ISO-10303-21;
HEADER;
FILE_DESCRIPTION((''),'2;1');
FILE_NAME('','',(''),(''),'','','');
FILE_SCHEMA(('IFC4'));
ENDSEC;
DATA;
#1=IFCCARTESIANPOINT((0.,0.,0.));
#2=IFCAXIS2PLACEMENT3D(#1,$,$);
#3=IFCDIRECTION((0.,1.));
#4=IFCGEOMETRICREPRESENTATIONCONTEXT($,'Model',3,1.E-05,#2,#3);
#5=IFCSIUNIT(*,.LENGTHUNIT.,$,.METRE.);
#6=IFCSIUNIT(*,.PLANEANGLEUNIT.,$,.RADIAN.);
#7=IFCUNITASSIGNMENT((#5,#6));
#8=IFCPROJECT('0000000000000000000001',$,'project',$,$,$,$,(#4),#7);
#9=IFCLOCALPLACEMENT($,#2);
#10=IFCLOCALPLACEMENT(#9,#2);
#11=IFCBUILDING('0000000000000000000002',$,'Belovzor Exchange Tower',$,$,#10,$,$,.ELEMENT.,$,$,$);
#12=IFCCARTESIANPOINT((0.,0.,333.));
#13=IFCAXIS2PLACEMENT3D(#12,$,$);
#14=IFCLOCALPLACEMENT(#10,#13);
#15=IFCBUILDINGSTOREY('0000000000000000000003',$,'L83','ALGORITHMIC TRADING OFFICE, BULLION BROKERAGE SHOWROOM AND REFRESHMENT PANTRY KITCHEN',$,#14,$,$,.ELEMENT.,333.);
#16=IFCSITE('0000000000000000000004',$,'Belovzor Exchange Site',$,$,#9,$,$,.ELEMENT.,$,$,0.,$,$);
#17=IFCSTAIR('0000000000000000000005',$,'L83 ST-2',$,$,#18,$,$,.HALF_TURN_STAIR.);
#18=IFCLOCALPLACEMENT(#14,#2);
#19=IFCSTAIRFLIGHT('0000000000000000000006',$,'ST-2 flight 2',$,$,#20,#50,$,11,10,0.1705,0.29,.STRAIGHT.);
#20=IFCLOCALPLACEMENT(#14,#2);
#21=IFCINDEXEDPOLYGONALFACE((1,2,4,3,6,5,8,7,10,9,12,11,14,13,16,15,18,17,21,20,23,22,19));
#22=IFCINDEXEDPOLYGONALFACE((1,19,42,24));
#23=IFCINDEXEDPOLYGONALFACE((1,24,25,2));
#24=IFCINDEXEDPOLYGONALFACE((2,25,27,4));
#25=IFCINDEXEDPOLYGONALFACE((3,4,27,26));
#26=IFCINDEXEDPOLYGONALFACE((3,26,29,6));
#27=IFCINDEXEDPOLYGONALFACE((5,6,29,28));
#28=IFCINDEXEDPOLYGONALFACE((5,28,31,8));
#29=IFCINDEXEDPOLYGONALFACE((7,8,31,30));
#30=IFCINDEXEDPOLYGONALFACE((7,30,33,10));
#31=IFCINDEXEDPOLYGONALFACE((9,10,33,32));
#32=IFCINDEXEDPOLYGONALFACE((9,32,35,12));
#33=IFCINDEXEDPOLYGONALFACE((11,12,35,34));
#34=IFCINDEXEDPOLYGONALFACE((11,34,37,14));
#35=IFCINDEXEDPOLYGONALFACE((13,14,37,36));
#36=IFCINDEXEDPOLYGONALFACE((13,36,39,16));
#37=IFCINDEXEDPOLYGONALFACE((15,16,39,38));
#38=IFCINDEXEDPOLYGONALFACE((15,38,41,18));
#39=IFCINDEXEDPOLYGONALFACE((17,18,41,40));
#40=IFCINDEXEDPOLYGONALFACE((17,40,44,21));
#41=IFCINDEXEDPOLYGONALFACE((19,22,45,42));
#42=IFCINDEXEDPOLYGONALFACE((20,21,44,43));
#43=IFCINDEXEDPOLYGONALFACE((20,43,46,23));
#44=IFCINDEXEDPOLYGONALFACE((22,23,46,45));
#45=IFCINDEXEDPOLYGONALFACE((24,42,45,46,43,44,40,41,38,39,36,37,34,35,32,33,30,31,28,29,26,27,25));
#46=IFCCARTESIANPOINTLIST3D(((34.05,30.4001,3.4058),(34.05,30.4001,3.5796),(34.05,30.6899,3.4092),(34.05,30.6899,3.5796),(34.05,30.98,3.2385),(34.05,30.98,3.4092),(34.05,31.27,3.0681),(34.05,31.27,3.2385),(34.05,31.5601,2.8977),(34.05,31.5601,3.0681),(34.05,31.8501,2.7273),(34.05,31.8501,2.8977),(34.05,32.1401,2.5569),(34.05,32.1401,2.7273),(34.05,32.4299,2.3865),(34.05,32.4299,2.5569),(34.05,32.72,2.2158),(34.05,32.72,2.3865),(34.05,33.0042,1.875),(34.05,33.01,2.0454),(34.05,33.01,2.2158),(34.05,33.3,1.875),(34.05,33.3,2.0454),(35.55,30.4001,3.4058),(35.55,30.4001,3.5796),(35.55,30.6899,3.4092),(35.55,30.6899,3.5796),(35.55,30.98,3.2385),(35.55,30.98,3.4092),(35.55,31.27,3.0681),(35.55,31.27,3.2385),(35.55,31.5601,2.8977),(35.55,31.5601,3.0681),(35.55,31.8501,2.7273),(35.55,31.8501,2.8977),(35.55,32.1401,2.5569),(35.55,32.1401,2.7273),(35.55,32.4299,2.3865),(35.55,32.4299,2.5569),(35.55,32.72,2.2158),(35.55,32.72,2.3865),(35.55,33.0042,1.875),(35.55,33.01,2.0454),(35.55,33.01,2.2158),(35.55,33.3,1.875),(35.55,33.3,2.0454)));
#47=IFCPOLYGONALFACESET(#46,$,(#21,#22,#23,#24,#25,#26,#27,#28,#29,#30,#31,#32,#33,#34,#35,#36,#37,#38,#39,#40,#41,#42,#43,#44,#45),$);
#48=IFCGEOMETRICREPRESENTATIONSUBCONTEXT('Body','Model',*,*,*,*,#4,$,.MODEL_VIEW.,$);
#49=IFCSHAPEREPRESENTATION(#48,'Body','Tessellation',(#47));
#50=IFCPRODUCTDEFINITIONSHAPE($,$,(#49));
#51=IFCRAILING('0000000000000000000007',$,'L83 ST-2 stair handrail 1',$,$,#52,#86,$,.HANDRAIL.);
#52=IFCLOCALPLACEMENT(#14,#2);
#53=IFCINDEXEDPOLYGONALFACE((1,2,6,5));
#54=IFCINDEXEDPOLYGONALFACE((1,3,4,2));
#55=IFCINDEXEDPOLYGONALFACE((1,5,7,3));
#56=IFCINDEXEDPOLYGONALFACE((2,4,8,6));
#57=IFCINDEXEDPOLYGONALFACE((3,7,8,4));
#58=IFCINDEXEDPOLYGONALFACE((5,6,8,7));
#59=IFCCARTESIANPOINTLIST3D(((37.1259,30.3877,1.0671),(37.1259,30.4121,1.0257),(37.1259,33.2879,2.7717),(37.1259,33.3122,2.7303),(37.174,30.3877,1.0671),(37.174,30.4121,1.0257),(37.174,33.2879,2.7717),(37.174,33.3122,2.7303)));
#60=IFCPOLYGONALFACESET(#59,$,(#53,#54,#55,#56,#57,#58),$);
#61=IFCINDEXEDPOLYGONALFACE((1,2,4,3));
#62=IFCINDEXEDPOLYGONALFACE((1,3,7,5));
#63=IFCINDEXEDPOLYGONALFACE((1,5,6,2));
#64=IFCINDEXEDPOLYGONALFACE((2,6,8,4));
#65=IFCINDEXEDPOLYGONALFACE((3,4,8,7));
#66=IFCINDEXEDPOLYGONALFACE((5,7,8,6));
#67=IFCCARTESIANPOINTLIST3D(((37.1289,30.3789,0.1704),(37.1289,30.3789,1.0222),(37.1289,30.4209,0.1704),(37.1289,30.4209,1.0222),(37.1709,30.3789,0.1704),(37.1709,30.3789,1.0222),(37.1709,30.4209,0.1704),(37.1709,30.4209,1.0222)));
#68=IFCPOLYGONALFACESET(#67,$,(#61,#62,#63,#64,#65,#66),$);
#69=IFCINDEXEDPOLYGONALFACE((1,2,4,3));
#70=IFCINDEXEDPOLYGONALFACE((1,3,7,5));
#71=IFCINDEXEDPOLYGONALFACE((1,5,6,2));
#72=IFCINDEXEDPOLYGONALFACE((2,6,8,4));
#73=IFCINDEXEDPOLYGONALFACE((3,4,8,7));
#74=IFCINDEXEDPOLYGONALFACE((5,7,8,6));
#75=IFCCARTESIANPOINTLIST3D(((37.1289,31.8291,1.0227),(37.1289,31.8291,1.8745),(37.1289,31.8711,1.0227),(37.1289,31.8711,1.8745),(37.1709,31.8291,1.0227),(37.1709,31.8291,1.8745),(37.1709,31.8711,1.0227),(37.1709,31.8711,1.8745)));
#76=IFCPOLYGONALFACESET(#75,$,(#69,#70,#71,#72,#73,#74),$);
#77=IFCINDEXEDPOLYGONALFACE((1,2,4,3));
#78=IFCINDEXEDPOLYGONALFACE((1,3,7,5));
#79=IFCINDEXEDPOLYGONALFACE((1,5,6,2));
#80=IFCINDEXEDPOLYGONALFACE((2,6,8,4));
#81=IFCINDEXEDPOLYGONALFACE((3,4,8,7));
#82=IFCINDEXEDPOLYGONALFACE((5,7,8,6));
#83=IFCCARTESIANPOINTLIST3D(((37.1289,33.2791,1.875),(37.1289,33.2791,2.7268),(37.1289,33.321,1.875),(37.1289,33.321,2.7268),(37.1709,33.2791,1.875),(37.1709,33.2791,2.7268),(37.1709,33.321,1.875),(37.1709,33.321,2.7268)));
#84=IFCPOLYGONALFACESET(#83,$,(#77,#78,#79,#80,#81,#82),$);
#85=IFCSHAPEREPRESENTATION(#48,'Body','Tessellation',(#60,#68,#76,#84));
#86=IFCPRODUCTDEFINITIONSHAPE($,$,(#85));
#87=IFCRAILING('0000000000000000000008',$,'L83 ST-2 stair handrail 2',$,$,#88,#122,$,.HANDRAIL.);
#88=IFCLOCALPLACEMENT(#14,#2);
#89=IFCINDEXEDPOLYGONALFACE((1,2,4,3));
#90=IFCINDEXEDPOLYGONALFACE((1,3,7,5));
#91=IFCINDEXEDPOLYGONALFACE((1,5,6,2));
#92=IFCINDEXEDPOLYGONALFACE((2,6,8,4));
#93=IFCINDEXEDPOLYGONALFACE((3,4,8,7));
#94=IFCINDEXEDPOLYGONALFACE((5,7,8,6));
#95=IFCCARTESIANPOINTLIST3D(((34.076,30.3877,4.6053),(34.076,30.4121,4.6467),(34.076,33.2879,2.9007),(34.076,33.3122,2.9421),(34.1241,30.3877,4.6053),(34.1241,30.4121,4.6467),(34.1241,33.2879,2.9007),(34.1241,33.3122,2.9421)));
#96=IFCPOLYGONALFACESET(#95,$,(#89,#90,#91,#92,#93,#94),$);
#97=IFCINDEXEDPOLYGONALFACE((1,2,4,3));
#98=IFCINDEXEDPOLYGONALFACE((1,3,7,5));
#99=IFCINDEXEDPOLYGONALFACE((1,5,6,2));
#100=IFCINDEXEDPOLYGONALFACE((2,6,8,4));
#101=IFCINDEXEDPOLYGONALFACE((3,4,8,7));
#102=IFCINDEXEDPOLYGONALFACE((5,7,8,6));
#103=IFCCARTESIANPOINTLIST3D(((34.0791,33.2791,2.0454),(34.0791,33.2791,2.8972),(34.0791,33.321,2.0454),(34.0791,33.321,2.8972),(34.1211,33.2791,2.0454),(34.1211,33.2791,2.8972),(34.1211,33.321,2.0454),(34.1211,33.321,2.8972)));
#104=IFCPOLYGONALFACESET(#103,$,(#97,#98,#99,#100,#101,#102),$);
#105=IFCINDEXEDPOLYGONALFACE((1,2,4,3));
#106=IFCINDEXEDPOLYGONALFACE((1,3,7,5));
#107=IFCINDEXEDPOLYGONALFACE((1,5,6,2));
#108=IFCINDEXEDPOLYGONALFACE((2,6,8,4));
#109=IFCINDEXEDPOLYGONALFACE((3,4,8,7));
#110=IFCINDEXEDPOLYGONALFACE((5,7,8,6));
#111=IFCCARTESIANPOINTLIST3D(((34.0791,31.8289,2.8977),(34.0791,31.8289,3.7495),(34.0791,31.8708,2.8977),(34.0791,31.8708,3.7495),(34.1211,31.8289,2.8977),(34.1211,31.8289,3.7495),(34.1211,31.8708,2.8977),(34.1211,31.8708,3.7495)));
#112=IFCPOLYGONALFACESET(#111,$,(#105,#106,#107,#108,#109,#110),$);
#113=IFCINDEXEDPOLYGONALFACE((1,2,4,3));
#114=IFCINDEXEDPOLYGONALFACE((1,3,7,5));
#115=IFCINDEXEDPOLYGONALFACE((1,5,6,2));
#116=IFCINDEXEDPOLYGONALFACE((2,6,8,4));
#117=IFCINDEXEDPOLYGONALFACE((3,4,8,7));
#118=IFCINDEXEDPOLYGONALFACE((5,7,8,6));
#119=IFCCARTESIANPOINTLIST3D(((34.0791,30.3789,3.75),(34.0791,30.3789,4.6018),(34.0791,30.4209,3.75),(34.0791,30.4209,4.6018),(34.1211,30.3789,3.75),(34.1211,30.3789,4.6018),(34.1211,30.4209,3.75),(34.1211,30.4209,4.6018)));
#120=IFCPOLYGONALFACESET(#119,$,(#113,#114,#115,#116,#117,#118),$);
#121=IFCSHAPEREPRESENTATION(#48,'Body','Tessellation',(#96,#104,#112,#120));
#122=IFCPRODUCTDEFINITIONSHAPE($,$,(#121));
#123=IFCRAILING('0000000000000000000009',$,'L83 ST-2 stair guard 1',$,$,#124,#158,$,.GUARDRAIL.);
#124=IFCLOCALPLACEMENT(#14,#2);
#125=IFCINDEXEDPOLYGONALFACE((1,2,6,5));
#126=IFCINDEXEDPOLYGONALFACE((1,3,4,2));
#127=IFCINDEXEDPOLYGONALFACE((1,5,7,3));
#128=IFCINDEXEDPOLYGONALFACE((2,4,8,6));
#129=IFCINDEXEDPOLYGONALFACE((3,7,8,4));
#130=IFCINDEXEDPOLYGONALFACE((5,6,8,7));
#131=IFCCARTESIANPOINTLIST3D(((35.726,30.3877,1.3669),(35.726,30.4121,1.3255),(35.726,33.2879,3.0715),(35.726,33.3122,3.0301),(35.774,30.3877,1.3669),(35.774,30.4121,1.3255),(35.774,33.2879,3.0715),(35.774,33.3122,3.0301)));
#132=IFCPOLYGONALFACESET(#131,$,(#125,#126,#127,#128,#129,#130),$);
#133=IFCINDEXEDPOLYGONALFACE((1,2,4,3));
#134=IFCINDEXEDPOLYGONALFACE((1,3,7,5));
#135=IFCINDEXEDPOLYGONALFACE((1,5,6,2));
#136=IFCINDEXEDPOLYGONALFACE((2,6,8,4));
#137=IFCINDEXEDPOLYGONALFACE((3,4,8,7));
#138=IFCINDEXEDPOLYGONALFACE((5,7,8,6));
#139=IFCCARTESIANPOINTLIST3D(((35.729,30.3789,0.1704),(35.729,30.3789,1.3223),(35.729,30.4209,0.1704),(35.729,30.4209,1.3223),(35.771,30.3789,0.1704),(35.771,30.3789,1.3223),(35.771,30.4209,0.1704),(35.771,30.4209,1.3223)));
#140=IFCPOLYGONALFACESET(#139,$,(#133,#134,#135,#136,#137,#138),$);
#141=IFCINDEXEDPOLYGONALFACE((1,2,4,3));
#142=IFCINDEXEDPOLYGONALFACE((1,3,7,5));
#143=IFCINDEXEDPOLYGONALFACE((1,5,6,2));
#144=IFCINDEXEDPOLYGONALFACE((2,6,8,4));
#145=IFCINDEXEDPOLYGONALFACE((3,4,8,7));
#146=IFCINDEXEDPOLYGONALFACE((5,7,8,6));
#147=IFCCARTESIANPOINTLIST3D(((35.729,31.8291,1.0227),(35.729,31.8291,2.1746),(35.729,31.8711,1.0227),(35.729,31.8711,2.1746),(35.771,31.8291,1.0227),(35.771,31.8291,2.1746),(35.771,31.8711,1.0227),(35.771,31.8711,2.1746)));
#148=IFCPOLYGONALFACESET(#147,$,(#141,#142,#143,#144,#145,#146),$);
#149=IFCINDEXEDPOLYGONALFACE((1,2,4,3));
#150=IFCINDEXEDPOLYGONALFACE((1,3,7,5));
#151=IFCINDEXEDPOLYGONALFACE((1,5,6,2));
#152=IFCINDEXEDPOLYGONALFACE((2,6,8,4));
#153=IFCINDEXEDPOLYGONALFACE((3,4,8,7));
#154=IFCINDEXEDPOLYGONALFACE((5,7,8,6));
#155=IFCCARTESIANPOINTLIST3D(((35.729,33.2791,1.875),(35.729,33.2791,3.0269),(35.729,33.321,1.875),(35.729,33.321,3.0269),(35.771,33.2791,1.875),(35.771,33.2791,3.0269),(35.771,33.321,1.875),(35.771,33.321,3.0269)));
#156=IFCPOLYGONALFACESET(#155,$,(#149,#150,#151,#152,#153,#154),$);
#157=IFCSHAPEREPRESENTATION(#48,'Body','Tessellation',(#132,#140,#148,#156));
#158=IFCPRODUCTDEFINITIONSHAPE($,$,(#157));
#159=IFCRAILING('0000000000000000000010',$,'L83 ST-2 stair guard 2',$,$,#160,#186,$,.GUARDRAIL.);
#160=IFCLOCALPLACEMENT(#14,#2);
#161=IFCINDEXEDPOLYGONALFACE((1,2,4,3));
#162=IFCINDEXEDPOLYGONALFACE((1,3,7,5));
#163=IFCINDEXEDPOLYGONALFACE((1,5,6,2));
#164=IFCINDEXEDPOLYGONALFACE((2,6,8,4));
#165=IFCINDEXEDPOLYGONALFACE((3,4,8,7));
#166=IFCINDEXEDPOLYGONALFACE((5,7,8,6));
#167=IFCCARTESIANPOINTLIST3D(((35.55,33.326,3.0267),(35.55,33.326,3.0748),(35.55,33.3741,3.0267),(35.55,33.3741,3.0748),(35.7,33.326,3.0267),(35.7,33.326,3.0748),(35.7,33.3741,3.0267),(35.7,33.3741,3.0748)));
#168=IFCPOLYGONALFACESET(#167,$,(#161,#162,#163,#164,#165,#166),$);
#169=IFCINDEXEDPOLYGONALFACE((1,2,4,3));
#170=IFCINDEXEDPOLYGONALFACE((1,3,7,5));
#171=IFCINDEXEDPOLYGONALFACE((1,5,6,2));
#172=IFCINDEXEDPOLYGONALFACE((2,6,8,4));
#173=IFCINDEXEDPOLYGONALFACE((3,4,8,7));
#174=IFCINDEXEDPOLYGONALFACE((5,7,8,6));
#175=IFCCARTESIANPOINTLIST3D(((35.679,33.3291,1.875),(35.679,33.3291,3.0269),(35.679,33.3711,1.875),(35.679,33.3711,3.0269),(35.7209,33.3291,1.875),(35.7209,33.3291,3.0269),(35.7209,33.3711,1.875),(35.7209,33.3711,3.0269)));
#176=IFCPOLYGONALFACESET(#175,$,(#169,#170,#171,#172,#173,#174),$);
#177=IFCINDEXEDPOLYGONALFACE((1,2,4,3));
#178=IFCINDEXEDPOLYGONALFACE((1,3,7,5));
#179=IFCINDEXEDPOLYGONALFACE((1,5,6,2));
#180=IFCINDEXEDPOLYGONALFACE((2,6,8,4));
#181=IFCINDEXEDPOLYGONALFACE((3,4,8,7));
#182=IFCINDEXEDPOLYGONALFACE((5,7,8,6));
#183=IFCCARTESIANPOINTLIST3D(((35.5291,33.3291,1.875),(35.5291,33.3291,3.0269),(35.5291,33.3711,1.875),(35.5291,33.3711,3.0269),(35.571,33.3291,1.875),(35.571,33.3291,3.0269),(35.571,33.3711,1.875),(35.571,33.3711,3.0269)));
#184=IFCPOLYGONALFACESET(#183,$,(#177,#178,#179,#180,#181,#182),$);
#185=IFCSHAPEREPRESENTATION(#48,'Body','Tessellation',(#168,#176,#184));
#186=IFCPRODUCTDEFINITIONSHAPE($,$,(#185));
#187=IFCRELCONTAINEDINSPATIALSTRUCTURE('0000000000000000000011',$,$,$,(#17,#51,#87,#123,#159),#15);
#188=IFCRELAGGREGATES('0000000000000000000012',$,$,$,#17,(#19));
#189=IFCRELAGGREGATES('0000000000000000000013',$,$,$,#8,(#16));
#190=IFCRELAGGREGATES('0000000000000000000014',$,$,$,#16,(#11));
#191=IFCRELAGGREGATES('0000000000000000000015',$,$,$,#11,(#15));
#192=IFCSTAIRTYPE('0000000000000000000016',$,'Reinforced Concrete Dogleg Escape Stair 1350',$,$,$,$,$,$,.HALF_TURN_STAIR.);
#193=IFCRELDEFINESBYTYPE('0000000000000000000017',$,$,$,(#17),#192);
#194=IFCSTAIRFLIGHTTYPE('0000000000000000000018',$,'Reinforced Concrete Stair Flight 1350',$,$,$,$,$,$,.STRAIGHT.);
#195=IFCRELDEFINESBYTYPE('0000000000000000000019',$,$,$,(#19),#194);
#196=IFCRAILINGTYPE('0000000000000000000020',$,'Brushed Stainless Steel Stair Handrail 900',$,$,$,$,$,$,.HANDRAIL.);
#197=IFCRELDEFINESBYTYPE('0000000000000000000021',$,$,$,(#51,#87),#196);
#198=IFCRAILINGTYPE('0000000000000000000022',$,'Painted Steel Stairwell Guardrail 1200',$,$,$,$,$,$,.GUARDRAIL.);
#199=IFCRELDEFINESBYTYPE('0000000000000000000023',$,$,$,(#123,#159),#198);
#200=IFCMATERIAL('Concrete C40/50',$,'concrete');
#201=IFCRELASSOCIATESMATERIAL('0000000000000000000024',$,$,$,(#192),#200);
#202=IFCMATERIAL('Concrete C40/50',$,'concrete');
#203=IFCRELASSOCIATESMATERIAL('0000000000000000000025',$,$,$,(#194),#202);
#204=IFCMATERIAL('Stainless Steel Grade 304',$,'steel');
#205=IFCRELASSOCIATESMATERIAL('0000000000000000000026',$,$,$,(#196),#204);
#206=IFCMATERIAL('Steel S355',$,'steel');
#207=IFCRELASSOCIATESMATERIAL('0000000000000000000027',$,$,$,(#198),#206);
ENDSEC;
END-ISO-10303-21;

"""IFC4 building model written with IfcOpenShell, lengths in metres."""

from ifc_helpers import new_model, si_unit, direction, frame, origin, origin_2d, place, context, subcontext, project, spatial, polyline, rectangle, outline, extrude, material, type_object, element, aggregate, save


model = new_model("IFC4")

# Units and contexts
model_context = context("Model", 3, precision=1e-05, world=origin(), true_north=direction((0.0, 1.0)))
body_context = subcontext(model_context, "Body", "Model", "MODEL_VIEW")
ifc_project = project(units=[si_unit("LENGTHUNIT", "METRE"), si_unit("PLANEANGLEUNIT", "RADIAN")], contexts=[model_context])

# Site, building, storey
site_placement = place(None, origin())
site = spatial("IfcSite", under=ifc_project, at=site_placement, Name="Belovzor Exchange Site", CompositionType="ELEMENT", RefElevation=0.0)
building_placement = place(site_placement, origin())
building = spatial("IfcBuilding", under=site, at=building_placement, Name="Belovzor Exchange Tower", CompositionType="ELEMENT")
storey_placement = place(building_placement, frame((0.0, 0.0, 333.0)))
storey = spatial("IfcBuildingStorey", under=building, at=storey_placement, Name="L83", Description="ALGORITHMIC TRADING OFFICE, BULLION BROKERAGE SHOWROOM AND REFRESHMENT PANTRY KITCHEN", CompositionType="ELEMENT", Elevation=333.0)

# Stair, stair flight
ifc_material_1 = material(Name="Concrete C40/50", Category="concrete")
stair_type = type_object("IfcStairType", Name="Reinforced Concrete Dogleg Escape Stair 1350", PredefinedType="HALF_TURN_STAIR", material=ifc_material_1)
stair_placement = place(storey_placement, origin())
stair = element("IfcStair", 1, at=stair_placement, inside=storey, type_object=stair_type, Name="L83 ST-2", PredefinedType="HALF_TURN_STAIR")
ifc_material_2 = material(Name="Concrete C40/50", Category="concrete")
stair_flight_type = type_object("IfcStairFlightType", Name="Reinforced Concrete Stair Flight 1350", PredefinedType="STRAIGHT", material=ifc_material_2)
stair_flight_1_placement = place(storey_placement, frame((34.8, 33.3, 1.875), z_axis=(0.0, 0.0, 1.0), x_axis=(0.0, -1.0, 0.0)))
stair_flight_1 = element("IfcStairFlight", 2, at=stair_flight_1_placement, type_object=stair_flight_type, Name="ST-2 flight 2", NumberOfRisers=11, NumberOfTreads=10, PredefinedType="STRAIGHT", RiserHeight=0.1705, TreadLength=0.29, context=body_context, shape_type="SweptSolid", body=[
    extrude(outline(polyline([(0.0, 0.0), (0.0, 0.1704), (0.29, 0.1704), (0.29, 0.3408), (0.5801, 0.3408), (0.5801, 0.5115), (0.8701, 0.5115), (0.8701, 0.6819), (1.1599, 0.6819), (1.1599, 0.8523), (1.45, 0.8523), (1.45, 1.0227), (1.74, 1.0227), (1.74, 1.1931), (2.03, 1.1931), (2.03, 1.3635), (2.3201, 1.3635), (2.3201, 1.5342), (2.6101, 1.5342), (2.6101, 1.7046), (2.8999, 1.7046), (2.8999, 1.875), (2.8999, 1.5308), (0.2959, 0.0), (0.0, 0.0)])), frame((0.0, 0.75, 0.0), z_axis=(0.0, -1.0, 0.0), x_axis=(1.0, 0.0, 0.0)), (0.0, 0.0, 1.0), 1.5),
])
aggregate(stair, [stair_flight_1])

# Railings
ifc_material_3 = material(Name="Stainless Steel Grade 304", Category="steel")
railing_type_1 = type_object("IfcRailingType", Name="Brushed Stainless Steel Stair Handrail 900", PredefinedType="HANDRAIL", material=ifc_material_3)
railing_1_placement = place(storey_placement, frame((37.1499, 30.3999, 0.1704)))
element("IfcRailing", 3, at=railing_1_placement, inside=storey, type_object=railing_type_1, Name="L83 ST-2 stair handrail 1", PredefinedType="HANDRAIL", context=body_context, shape_type="SweptSolid", body=[
    extrude(rectangle(XDim=0.0481, YDim=0.0481, at=origin_2d()), frame((0.0, 0.0, 0.876), z_axis=(0.0, 0.862113, 0.506716), x_axis=(-1.0, 0.0, 0.0)), (0.0, 0.0, 1.0), 3.364),
    extrude(rectangle(XDim=0.042, YDim=0.042, at=origin_2d()), origin(), (0.0, 0.0, 1.0), 0.8518),
    extrude(rectangle(XDim=0.042, YDim=0.042, at=origin_2d()), frame((0.0, 1.4502, 0.8523)), (0.0, 0.0, 1.0), 0.8518),
    extrude(rectangle(XDim=0.042, YDim=0.042, at=origin_2d()), frame((0.0, 2.9001, 1.7046)), (0.0, 0.0, 1.0), 0.8518),
])
railing_2_placement = place(storey_placement, frame((34.1001, 33.3, 2.0454)))
element("IfcRailing", 4, at=railing_2_placement, inside=storey, type_object=railing_type_1, Name="L83 ST-2 stair handrail 2", PredefinedType="HANDRAIL", context=body_context, shape_type="SweptSolid", body=[
    extrude(rectangle(XDim=0.0481, YDim=0.0481, at=origin_2d()), frame((0.0, 0.0, 0.876), z_axis=(0.0, -0.862113, 0.506716), x_axis=(1.0, 0.0, 0.0)), (0.0, 0.0, 1.0), 3.364),
    extrude(rectangle(XDim=0.042, YDim=0.042, at=origin_2d()), origin(), (0.0, 0.0, 1.0), 0.8518),
    extrude(rectangle(XDim=0.042, YDim=0.042, at=origin_2d()), frame((0.0, -1.4502, 0.8523)), (0.0, 0.0, 1.0), 0.8518),
    extrude(rectangle(XDim=0.042, YDim=0.042, at=origin_2d()), frame((0.0, -2.9001, 1.7046)), (0.0, 0.0, 1.0), 0.8518),
])
ifc_material_4 = material(Name="Steel S355", Category="steel")
railing_type_2 = type_object("IfcRailingType", Name="Painted Steel Stairwell Guardrail 1200", PredefinedType="GUARDRAIL", material=ifc_material_4)
railing_3_placement = place(storey_placement, frame((35.75, 30.3999, 0.1704)))
element("IfcRailing", 5, at=railing_3_placement, inside=storey, type_object=railing_type_2, Name="L83 ST-2 stair guard 1", PredefinedType="GUARDRAIL", context=body_context, shape_type="SweptSolid", body=[
    extrude(rectangle(XDim=0.0481, YDim=0.0481, at=origin_2d()), frame((0.0, 0.0, 1.1758), z_axis=(0.0, 0.862113, 0.506716), x_axis=(-1.0, 0.0, 0.0)), (0.0, 0.0, 1.0), 3.364),
    extrude(rectangle(XDim=0.042, YDim=0.042, at=origin_2d()), origin(), (0.0, 0.0, 1.0), 1.1519),
    extrude(rectangle(XDim=0.042, YDim=0.042, at=origin_2d()), frame((0.0, 1.4502, 0.8523)), (0.0, 0.0, 1.0), 1.1519),
    extrude(rectangle(XDim=0.042, YDim=0.042, at=origin_2d()), frame((0.0, 2.9001, 1.7046)), (0.0, 0.0, 1.0), 1.1519),
])
railing_4_placement = place(storey_placement, frame((35.7, 33.3501, 1.875)))
element("IfcRailing", 6, at=railing_4_placement, inside=storey, type_object=railing_type_2, Name="L83 ST-2 stair guard 2", PredefinedType="GUARDRAIL", context=body_context, shape_type="SweptSolid", body=[
    extrude(rectangle(XDim=0.0481, YDim=0.0481, at=origin_2d()), frame((0.0, 0.0, 1.1758), z_axis=(-1.0, 0.0, 0.0), x_axis=(0.0, -1.0, 0.0)), (0.0, 0.0, 1.0), 0.1499),
    extrude(rectangle(XDim=0.042, YDim=0.042, at=origin_2d()), origin(), (0.0, 0.0, 1.0), 1.1519),
    extrude(rectangle(XDim=0.042, YDim=0.042, at=origin_2d()), frame((-0.1499, 0.0, 0.0)), (0.0, 0.0, 1.0), 1.1519),
])

save(model, "model.ifc")
